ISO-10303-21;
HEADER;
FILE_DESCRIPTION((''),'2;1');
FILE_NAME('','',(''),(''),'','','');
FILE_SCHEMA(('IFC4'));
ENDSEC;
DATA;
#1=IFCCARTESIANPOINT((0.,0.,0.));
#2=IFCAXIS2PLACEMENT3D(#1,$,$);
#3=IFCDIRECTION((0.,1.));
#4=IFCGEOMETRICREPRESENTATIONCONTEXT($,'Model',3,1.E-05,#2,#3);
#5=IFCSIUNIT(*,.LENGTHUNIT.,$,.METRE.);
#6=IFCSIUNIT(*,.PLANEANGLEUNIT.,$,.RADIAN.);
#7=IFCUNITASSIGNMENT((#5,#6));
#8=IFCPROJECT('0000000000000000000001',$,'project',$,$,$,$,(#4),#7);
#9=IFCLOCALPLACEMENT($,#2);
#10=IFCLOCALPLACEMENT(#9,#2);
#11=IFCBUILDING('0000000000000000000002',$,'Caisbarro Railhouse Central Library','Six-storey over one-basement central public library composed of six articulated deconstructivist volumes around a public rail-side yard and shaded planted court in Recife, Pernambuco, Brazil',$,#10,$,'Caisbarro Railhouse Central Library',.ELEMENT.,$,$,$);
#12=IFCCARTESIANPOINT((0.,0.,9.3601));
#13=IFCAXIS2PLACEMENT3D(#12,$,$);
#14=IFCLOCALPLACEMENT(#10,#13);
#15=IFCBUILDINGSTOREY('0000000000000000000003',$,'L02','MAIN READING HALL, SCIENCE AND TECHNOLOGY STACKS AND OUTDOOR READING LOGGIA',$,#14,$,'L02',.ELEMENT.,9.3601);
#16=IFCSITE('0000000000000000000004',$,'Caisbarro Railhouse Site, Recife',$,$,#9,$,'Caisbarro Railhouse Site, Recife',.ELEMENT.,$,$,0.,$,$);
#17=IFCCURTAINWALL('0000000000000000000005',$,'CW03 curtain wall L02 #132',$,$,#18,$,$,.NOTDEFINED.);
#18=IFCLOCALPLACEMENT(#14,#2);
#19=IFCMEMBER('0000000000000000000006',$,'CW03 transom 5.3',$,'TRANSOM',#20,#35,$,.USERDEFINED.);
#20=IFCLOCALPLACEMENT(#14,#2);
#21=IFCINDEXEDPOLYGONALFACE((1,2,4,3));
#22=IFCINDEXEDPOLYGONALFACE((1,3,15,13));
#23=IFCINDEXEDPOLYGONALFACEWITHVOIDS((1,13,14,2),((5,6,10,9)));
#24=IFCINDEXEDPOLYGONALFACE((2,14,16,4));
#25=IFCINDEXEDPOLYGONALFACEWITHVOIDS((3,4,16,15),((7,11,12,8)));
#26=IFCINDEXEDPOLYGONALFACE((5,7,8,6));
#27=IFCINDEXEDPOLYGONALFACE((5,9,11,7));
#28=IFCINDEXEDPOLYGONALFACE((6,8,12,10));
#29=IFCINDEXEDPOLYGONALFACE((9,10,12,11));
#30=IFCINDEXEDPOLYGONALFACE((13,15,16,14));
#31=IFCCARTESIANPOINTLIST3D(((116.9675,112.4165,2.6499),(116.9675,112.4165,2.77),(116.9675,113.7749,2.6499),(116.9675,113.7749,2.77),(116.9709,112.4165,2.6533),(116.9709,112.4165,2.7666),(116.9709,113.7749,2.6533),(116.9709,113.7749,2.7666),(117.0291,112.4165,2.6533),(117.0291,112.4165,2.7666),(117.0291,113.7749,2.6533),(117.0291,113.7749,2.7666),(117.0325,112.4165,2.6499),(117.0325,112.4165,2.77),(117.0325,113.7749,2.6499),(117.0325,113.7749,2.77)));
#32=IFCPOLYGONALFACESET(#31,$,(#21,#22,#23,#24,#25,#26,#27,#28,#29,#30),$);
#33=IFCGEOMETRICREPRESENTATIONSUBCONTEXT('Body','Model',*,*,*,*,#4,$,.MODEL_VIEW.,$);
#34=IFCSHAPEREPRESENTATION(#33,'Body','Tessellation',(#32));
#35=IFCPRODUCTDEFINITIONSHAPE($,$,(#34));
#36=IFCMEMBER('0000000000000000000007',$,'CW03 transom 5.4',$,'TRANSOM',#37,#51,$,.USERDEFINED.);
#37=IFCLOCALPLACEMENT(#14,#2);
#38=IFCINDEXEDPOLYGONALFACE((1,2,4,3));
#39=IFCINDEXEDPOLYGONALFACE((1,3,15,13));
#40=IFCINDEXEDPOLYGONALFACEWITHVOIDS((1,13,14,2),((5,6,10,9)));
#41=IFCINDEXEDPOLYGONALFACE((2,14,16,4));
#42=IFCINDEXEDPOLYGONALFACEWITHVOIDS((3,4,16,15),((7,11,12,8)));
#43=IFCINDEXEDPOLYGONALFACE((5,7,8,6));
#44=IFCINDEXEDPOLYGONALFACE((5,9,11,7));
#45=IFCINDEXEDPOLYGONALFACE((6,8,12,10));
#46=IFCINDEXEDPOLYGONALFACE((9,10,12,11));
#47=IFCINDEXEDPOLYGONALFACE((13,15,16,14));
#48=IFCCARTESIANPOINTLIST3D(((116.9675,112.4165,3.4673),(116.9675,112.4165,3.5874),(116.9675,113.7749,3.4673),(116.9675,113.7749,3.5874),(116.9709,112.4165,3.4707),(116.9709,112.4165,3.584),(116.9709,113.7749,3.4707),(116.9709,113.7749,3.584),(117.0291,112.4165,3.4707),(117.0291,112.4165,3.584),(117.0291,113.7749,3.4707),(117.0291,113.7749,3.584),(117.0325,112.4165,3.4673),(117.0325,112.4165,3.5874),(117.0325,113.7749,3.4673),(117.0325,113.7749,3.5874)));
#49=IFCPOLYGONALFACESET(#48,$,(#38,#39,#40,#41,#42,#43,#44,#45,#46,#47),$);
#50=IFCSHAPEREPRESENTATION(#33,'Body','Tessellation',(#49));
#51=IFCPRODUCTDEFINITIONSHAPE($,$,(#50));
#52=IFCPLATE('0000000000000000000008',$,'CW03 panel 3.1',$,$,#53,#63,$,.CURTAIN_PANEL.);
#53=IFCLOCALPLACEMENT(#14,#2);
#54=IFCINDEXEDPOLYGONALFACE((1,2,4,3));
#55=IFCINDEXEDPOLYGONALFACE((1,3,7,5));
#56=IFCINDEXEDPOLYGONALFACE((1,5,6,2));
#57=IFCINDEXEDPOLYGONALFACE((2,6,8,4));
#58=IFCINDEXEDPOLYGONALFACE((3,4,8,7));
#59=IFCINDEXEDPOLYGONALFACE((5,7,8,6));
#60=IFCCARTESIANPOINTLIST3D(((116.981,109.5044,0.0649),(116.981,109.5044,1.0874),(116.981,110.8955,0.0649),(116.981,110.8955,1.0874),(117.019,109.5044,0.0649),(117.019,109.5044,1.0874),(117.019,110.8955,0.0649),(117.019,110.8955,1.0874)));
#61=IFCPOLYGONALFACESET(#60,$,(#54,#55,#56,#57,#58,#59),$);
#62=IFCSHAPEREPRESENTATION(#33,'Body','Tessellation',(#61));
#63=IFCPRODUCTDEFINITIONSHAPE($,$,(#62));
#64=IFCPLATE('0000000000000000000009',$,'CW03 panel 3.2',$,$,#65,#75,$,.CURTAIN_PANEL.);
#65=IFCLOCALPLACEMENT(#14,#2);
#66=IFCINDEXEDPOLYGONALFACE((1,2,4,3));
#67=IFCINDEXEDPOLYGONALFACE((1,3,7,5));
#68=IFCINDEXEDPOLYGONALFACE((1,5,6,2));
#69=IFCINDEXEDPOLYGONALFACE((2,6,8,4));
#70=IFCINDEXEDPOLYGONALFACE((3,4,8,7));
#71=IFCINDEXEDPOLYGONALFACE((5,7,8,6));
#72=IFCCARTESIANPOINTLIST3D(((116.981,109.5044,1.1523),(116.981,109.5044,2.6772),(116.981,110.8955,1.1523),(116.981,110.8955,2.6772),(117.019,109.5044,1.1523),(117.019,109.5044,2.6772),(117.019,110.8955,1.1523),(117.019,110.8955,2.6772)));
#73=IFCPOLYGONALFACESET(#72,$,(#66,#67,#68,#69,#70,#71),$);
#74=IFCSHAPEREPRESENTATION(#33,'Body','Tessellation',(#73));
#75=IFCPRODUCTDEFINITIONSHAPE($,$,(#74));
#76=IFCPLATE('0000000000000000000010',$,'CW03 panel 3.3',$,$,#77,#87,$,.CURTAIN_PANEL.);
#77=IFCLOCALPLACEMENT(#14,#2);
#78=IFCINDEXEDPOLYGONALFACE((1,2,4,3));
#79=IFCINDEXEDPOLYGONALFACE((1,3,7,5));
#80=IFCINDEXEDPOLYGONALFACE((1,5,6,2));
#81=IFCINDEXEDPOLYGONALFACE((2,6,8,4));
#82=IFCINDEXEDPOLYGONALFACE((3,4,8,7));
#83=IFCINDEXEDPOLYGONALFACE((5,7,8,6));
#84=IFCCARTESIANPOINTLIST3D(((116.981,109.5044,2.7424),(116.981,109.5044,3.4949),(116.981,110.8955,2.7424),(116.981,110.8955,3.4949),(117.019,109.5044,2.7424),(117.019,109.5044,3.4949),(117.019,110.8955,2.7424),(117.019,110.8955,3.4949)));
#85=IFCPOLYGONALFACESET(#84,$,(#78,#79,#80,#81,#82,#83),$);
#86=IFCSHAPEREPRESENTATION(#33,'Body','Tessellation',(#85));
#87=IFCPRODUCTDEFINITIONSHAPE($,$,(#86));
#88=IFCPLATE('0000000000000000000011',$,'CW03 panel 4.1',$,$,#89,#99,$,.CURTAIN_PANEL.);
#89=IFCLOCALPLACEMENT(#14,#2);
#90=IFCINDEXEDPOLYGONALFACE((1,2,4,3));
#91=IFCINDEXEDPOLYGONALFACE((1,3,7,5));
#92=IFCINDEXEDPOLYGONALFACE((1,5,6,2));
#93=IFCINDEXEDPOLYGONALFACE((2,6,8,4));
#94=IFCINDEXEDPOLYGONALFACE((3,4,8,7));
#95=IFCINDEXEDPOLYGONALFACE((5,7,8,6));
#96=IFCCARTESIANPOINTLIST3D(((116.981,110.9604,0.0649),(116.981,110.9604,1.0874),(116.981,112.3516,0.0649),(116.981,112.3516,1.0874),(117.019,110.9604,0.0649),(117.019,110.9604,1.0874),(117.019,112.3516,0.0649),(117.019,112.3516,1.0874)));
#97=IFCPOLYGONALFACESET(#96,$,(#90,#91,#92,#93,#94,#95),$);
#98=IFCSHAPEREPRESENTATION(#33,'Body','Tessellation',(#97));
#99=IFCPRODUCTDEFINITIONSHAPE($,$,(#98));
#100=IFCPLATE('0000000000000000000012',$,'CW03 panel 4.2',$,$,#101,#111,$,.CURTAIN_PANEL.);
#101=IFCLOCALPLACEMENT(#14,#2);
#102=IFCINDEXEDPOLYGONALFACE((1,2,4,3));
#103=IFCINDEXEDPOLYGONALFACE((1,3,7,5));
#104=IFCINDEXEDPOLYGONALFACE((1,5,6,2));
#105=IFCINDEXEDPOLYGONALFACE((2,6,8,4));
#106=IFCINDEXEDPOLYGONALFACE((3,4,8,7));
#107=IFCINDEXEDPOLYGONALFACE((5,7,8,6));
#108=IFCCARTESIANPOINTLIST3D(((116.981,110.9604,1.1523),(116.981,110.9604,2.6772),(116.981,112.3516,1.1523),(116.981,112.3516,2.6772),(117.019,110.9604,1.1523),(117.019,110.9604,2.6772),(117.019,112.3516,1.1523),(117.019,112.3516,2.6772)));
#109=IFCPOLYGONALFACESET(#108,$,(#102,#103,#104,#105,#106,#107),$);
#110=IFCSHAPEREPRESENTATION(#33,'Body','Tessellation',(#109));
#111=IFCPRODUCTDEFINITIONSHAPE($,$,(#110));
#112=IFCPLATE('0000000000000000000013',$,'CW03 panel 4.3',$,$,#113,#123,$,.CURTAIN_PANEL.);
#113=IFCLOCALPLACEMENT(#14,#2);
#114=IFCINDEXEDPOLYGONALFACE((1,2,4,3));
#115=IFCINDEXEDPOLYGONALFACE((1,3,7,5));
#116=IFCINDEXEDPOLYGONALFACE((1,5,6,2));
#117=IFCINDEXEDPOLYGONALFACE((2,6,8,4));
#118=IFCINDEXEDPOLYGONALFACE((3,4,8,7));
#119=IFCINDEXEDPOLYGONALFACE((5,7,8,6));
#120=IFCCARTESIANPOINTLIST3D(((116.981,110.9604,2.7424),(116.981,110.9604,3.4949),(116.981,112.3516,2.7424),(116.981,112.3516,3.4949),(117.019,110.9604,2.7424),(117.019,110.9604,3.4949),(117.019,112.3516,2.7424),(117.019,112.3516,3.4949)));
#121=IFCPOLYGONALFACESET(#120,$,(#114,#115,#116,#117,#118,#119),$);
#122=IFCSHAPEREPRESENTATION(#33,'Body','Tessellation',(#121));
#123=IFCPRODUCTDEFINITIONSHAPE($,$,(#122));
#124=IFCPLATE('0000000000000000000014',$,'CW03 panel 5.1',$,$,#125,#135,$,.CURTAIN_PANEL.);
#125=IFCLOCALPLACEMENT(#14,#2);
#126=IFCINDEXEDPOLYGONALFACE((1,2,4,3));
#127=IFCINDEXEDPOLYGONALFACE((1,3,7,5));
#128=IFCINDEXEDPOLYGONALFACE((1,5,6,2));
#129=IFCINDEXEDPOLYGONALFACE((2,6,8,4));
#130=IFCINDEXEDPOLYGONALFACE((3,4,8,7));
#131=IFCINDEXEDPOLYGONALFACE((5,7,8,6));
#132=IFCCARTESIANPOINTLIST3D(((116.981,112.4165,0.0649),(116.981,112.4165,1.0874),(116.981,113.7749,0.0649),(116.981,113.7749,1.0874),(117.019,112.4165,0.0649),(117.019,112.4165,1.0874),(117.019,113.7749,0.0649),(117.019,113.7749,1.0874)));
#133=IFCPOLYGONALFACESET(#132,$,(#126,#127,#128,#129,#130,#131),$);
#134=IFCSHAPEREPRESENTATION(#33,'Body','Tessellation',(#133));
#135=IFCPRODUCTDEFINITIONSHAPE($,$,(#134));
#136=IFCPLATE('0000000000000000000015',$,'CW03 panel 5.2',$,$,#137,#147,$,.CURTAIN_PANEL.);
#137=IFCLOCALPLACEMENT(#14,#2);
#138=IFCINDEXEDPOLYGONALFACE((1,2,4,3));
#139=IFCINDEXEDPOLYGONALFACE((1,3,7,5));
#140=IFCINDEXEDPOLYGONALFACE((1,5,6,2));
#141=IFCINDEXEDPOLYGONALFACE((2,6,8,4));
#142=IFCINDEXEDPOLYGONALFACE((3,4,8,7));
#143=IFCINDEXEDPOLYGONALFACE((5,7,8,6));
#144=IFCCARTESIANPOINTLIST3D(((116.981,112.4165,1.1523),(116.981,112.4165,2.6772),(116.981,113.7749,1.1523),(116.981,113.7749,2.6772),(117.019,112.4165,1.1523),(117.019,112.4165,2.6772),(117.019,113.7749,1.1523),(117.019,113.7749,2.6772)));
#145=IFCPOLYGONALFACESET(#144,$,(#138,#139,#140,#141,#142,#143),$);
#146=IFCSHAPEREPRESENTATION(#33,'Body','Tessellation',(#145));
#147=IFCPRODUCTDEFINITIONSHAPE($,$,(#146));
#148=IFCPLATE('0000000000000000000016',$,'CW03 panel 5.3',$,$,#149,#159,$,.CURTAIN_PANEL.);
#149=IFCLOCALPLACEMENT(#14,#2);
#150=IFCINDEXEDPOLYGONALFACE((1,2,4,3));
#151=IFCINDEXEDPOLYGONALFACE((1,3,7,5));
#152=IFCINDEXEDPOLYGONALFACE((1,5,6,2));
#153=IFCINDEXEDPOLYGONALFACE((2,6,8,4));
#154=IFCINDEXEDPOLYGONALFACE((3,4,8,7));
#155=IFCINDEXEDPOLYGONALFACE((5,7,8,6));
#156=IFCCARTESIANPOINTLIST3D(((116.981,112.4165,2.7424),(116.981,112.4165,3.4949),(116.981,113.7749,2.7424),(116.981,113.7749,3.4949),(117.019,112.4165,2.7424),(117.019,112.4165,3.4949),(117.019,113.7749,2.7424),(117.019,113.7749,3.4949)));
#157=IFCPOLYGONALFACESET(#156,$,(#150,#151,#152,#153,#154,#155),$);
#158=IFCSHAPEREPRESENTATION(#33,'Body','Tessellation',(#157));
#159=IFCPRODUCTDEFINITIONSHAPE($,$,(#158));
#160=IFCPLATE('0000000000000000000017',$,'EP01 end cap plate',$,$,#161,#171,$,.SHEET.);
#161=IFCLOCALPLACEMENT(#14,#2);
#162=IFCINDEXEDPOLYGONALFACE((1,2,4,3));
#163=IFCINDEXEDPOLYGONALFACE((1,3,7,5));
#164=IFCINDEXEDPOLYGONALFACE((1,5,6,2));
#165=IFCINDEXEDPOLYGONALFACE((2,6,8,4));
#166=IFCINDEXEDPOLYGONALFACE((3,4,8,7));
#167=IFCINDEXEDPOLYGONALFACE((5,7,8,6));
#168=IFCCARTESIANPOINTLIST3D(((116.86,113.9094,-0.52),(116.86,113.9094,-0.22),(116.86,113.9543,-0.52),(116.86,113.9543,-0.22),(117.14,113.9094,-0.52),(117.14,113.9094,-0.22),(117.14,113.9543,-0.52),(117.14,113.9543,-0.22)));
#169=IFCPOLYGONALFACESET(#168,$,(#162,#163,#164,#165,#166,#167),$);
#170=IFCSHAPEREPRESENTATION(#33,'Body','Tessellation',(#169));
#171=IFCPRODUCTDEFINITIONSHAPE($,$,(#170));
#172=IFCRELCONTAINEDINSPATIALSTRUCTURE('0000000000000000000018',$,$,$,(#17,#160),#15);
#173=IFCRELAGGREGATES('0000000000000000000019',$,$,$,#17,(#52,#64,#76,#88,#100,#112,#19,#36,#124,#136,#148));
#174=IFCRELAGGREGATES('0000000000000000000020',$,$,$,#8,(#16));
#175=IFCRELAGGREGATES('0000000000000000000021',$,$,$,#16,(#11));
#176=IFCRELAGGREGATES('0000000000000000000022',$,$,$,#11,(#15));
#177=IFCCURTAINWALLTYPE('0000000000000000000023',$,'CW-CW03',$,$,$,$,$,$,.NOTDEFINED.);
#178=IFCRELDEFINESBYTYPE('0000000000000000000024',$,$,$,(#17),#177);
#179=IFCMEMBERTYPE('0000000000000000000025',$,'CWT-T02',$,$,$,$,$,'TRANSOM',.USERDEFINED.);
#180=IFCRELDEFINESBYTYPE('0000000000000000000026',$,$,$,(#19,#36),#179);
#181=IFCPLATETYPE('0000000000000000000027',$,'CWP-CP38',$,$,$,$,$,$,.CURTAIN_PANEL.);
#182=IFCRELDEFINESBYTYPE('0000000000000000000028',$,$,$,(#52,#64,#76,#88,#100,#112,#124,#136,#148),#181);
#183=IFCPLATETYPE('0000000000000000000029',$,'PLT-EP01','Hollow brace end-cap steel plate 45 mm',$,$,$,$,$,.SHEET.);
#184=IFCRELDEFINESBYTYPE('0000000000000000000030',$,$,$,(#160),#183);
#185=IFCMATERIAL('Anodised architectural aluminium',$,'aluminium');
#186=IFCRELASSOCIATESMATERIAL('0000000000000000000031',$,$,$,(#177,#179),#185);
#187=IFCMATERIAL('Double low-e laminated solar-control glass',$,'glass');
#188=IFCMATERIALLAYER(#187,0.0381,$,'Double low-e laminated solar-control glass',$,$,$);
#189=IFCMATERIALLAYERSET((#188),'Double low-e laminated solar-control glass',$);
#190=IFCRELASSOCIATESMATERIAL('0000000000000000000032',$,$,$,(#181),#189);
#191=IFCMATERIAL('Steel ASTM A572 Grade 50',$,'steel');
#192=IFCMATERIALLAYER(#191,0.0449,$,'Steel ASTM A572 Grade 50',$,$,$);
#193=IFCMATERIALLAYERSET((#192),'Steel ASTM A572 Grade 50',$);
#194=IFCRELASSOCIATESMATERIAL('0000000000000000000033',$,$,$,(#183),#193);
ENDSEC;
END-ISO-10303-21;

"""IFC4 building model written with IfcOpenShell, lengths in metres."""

from ifc_helpers import new_model, si_unit, direction, frame, origin, origin_2d, place, context, subcontext, project, spatial, rectangle, hollow_rectangle, extrude, material, layer, layer_set, material_profile, profile_set, type_object, element, aggregate, save


model = new_model("IFC4")

# Units and contexts
model_context = context("Model", 3, precision=1e-05, world=origin(), true_north=direction((0.0, 1.0)))
body_context = subcontext(model_context, "Body", "Model", "MODEL_VIEW")
ifc_project = project(units=[si_unit("LENGTHUNIT", "METRE"), si_unit("PLANEANGLEUNIT", "RADIAN")], contexts=[model_context])

# Site, building, storey
site_placement = place(None, origin())
site = spatial("IfcSite", under=ifc_project, at=site_placement, Name="Caisbarro Railhouse Site, Recife", LongName="Caisbarro Railhouse Site, Recife", CompositionType="ELEMENT", RefElevation=0.0)
building_placement = place(site_placement, origin())
building = spatial("IfcBuilding", under=site, at=building_placement, Name="Caisbarro Railhouse Central Library", Description="Six-storey over one-basement central public library composed of six articulated deconstructivist volumes around a public rail-side yard and shaded planted court in Recife, Pernambuco, Brazil", LongName="Caisbarro Railhouse Central Library", CompositionType="ELEMENT")
storey_placement = place(building_placement, frame((0.0, 0.0, 9.3601)))
storey = spatial("IfcBuildingStorey", under=building, at=storey_placement, Name="L02", Description="MAIN READING HALL, SCIENCE AND TECHNOLOGY STACKS AND OUTDOOR READING LOGGIA", LongName="L02", CompositionType="ELEMENT", Elevation=9.3601)

# Shared definitions
ifc_material_1 = material(Name="Steel ASTM A572 Grade 50", Category="steel")

# Curtain wall, members, plates
ifc_material_2 = material(Name="Anodised architectural aluminium", Category="aluminium")
curtain_wall_type = type_object("IfcCurtainWallType", Name="CW-CW03", PredefinedType="NOTDEFINED", material=ifc_material_2)
curtain_wall_placement = place(storey_placement, origin())
curtain_wall = element("IfcCurtainWall", 1, at=curtain_wall_placement, inside=storey, type_object=curtain_wall_type, Name="CW03 curtain wall L02 #132", PredefinedType="NOTDEFINED")
ifc_material_profile_1 = material_profile(ifc_material_2, hollow_rectangle(XDim=0.0649, YDim=0.1201, WallThickness=0.0034, at=origin_2d()), Name="ALU-TRN-65X120")
ifc_profile_set_1 = profile_set([ifc_material_profile_1], Name="Anodised architectural aluminium")
member_type_1 = type_object("IfcMemberType", Name="CWT-T02", ElementType="TRANSOM", PredefinedType="USERDEFINED", material=ifc_profile_set_1)
member_1_placement = place(storey_placement, frame((117.0, 112.4165, 2.71), z_axis=(0.0, 1.0, 0.0), x_axis=(-1.0, 0.0, 0.0)))
member_1 = element("IfcMember", 2, at=member_1_placement, type_object=member_type_1, Name="CW03 transom 5.3", ObjectType="TRANSOM", PredefinedType="USERDEFINED", context=body_context, shape_type="SweptSolid", body=[
    extrude(hollow_rectangle(XDim=0.0649, YDim=0.1201, WallThickness=0.0034, at=origin_2d()), origin(), (0.0, 0.0, 1.0), 1.3584),
])
member_2_placement = place(storey_placement, frame((117.0, 112.4165, 3.5273), z_axis=(0.0, 1.0, 0.0), x_axis=(-1.0, 0.0, 0.0)))
member_2 = element("IfcMember", 3, at=member_2_placement, type_object=member_type_1, Name="CW03 transom 5.4", ObjectType="TRANSOM", PredefinedType="USERDEFINED", context=body_context, shape_type="SweptSolid", body=[
    extrude(hollow_rectangle(XDim=0.0649, YDim=0.1201, WallThickness=0.0034, at=origin_2d()), origin(), (0.0, 0.0, 1.0), 1.3584),
])
ifc_material_3 = material(Name="Double low-e laminated solar-control glass", Category="glass")
ifc_layer_1 = layer(ifc_material_3, 0.0381, Name="Double low-e laminated solar-control glass")
ifc_layer_set_1 = layer_set([ifc_layer_1], Name="Double low-e laminated solar-control glass")
plate_type_1 = type_object("IfcPlateType", Name="CWP-CP38", PredefinedType="CURTAIN_PANEL", material=ifc_layer_set_1)
plate_1_placement = place(storey_placement, frame((117.0, 110.2, 0.0649), z_axis=(0.0, 0.0, 1.0), x_axis=(0.0, 1.0, 0.0)))
plate_1 = element("IfcPlate", 4, at=plate_1_placement, type_object=plate_type_1, Name="CW03 panel 3.1", PredefinedType="CURTAIN_PANEL", context=body_context, shape_type="SweptSolid", body=[
    extrude(rectangle(XDim=1.3911, YDim=0.0381, at=origin_2d()), origin(), (0.0, 0.0, 1.0), 1.0225),
])
plate_2_placement = place(storey_placement, frame((117.0, 110.2, 1.1523), z_axis=(0.0, 0.0, 1.0), x_axis=(0.0, 1.0, 0.0)))
plate_2 = element("IfcPlate", 5, at=plate_2_placement, type_object=plate_type_1, Name="CW03 panel 3.2", PredefinedType="CURTAIN_PANEL", context=body_context, shape_type="SweptSolid", body=[
    extrude(rectangle(XDim=1.3911, YDim=0.0381, at=origin_2d()), origin(), (0.0, 0.0, 1.0), 1.5249),
])
plate_3_placement = place(storey_placement, frame((117.0, 110.2, 2.7424), z_axis=(0.0, 0.0, 1.0), x_axis=(0.0, 1.0, 0.0)))
plate_3 = element("IfcPlate", 6, at=plate_3_placement, type_object=plate_type_1, Name="CW03 panel 3.3", PredefinedType="CURTAIN_PANEL", context=body_context, shape_type="SweptSolid", body=[
    extrude(rectangle(XDim=1.3911, YDim=0.0381, at=origin_2d()), origin(), (0.0, 0.0, 1.0), 0.7524),
])
plate_4_placement = place(storey_placement, frame((117.0, 111.656, 0.0649), z_axis=(0.0, 0.0, 1.0), x_axis=(0.0, 1.0, 0.0)))
plate_4 = element("IfcPlate", 7, at=plate_4_placement, type_object=plate_type_1, Name="CW03 panel 4.1", PredefinedType="CURTAIN_PANEL", context=body_context, shape_type="SweptSolid", body=[
    extrude(rectangle(XDim=1.3911, YDim=0.0381, at=origin_2d()), origin(), (0.0, 0.0, 1.0), 1.0225),
])
plate_5_placement = place(storey_placement, frame((117.0, 111.656, 1.1523), z_axis=(0.0, 0.0, 1.0), x_axis=(0.0, 1.0, 0.0)))
plate_5 = element("IfcPlate", 8, at=plate_5_placement, type_object=plate_type_1, Name="CW03 panel 4.2", PredefinedType="CURTAIN_PANEL", context=body_context, shape_type="SweptSolid", body=[
    extrude(rectangle(XDim=1.3911, YDim=0.0381, at=origin_2d()), origin(), (0.0, 0.0, 1.0), 1.5249),
])
plate_6_placement = place(storey_placement, frame((117.0, 111.656, 2.7424), z_axis=(0.0, 0.0, 1.0), x_axis=(0.0, 1.0, 0.0)))
plate_6 = element("IfcPlate", 9, at=plate_6_placement, type_object=plate_type_1, Name="CW03 panel 4.3", PredefinedType="CURTAIN_PANEL", context=body_context, shape_type="SweptSolid", body=[
    extrude(rectangle(XDim=1.3911, YDim=0.0381, at=origin_2d()), origin(), (0.0, 0.0, 1.0), 0.7524),
])
plate_7_placement = place(storey_placement, frame((117.0, 113.0957, 0.0649), z_axis=(0.0, 0.0, 1.0), x_axis=(0.0, 1.0, 0.0)))
plate_7 = element("IfcPlate", 10, at=plate_7_placement, type_object=plate_type_1, Name="CW03 panel 5.1", PredefinedType="CURTAIN_PANEL", context=body_context, shape_type="SweptSolid", body=[
    extrude(rectangle(XDim=1.3584, YDim=0.0381, at=origin_2d()), origin(), (0.0, 0.0, 1.0), 1.0225),
])
plate_8_placement = place(storey_placement, frame((117.0, 113.0957, 1.1523), z_axis=(0.0, 0.0, 1.0), x_axis=(0.0, 1.0, 0.0)))
plate_8 = element("IfcPlate", 11, at=plate_8_placement, type_object=plate_type_1, Name="CW03 panel 5.2", PredefinedType="CURTAIN_PANEL", context=body_context, shape_type="SweptSolid", body=[
    extrude(rectangle(XDim=1.3584, YDim=0.0381, at=origin_2d()), origin(), (0.0, 0.0, 1.0), 1.5249),
])
plate_9_placement = place(storey_placement, frame((117.0, 113.0957, 2.7424), z_axis=(0.0, 0.0, 1.0), x_axis=(0.0, 1.0, 0.0)))
plate_9 = element("IfcPlate", 12, at=plate_9_placement, type_object=plate_type_1, Name="CW03 panel 5.3", PredefinedType="CURTAIN_PANEL", context=body_context, shape_type="SweptSolid", body=[
    extrude(rectangle(XDim=1.3584, YDim=0.0381, at=origin_2d()), origin(), (0.0, 0.0, 1.0), 0.7524),
])
aggregate(curtain_wall, [plate_1, plate_2, plate_3, plate_4, plate_5, plate_6, member_1, member_2, plate_7, plate_8, plate_9])

# Plate
ifc_layer_2 = layer(ifc_material_1, 0.0449, Name="Steel ASTM A572 Grade 50")
ifc_layer_set_2 = layer_set([ifc_layer_2], Name="Steel ASTM A572 Grade 50")
plate_type_2 = type_object("IfcPlateType", Name="PLT-EP01", Description="Hollow brace end-cap steel plate 45 mm", PredefinedType="SHEET", material=ifc_layer_set_2)
plate_10_placement = place(storey_placement, frame((117.0, 113.9319, -0.52), z_axis=(0.0, 0.0, 1.0), x_axis=(0.0, 1.0, 0.0)))
element("IfcPlate", 13, at=plate_10_placement, inside=storey, type_object=plate_type_2, Name="EP01 end cap plate", PredefinedType="SHEET", context=body_context, shape_type="SweptSolid", body=[
    extrude(rectangle(XDim=0.0449, YDim=0.28, at=origin_2d()), origin(), (0.0, 0.0, 1.0), 0.3),
])

save(model, "model.ifc")
